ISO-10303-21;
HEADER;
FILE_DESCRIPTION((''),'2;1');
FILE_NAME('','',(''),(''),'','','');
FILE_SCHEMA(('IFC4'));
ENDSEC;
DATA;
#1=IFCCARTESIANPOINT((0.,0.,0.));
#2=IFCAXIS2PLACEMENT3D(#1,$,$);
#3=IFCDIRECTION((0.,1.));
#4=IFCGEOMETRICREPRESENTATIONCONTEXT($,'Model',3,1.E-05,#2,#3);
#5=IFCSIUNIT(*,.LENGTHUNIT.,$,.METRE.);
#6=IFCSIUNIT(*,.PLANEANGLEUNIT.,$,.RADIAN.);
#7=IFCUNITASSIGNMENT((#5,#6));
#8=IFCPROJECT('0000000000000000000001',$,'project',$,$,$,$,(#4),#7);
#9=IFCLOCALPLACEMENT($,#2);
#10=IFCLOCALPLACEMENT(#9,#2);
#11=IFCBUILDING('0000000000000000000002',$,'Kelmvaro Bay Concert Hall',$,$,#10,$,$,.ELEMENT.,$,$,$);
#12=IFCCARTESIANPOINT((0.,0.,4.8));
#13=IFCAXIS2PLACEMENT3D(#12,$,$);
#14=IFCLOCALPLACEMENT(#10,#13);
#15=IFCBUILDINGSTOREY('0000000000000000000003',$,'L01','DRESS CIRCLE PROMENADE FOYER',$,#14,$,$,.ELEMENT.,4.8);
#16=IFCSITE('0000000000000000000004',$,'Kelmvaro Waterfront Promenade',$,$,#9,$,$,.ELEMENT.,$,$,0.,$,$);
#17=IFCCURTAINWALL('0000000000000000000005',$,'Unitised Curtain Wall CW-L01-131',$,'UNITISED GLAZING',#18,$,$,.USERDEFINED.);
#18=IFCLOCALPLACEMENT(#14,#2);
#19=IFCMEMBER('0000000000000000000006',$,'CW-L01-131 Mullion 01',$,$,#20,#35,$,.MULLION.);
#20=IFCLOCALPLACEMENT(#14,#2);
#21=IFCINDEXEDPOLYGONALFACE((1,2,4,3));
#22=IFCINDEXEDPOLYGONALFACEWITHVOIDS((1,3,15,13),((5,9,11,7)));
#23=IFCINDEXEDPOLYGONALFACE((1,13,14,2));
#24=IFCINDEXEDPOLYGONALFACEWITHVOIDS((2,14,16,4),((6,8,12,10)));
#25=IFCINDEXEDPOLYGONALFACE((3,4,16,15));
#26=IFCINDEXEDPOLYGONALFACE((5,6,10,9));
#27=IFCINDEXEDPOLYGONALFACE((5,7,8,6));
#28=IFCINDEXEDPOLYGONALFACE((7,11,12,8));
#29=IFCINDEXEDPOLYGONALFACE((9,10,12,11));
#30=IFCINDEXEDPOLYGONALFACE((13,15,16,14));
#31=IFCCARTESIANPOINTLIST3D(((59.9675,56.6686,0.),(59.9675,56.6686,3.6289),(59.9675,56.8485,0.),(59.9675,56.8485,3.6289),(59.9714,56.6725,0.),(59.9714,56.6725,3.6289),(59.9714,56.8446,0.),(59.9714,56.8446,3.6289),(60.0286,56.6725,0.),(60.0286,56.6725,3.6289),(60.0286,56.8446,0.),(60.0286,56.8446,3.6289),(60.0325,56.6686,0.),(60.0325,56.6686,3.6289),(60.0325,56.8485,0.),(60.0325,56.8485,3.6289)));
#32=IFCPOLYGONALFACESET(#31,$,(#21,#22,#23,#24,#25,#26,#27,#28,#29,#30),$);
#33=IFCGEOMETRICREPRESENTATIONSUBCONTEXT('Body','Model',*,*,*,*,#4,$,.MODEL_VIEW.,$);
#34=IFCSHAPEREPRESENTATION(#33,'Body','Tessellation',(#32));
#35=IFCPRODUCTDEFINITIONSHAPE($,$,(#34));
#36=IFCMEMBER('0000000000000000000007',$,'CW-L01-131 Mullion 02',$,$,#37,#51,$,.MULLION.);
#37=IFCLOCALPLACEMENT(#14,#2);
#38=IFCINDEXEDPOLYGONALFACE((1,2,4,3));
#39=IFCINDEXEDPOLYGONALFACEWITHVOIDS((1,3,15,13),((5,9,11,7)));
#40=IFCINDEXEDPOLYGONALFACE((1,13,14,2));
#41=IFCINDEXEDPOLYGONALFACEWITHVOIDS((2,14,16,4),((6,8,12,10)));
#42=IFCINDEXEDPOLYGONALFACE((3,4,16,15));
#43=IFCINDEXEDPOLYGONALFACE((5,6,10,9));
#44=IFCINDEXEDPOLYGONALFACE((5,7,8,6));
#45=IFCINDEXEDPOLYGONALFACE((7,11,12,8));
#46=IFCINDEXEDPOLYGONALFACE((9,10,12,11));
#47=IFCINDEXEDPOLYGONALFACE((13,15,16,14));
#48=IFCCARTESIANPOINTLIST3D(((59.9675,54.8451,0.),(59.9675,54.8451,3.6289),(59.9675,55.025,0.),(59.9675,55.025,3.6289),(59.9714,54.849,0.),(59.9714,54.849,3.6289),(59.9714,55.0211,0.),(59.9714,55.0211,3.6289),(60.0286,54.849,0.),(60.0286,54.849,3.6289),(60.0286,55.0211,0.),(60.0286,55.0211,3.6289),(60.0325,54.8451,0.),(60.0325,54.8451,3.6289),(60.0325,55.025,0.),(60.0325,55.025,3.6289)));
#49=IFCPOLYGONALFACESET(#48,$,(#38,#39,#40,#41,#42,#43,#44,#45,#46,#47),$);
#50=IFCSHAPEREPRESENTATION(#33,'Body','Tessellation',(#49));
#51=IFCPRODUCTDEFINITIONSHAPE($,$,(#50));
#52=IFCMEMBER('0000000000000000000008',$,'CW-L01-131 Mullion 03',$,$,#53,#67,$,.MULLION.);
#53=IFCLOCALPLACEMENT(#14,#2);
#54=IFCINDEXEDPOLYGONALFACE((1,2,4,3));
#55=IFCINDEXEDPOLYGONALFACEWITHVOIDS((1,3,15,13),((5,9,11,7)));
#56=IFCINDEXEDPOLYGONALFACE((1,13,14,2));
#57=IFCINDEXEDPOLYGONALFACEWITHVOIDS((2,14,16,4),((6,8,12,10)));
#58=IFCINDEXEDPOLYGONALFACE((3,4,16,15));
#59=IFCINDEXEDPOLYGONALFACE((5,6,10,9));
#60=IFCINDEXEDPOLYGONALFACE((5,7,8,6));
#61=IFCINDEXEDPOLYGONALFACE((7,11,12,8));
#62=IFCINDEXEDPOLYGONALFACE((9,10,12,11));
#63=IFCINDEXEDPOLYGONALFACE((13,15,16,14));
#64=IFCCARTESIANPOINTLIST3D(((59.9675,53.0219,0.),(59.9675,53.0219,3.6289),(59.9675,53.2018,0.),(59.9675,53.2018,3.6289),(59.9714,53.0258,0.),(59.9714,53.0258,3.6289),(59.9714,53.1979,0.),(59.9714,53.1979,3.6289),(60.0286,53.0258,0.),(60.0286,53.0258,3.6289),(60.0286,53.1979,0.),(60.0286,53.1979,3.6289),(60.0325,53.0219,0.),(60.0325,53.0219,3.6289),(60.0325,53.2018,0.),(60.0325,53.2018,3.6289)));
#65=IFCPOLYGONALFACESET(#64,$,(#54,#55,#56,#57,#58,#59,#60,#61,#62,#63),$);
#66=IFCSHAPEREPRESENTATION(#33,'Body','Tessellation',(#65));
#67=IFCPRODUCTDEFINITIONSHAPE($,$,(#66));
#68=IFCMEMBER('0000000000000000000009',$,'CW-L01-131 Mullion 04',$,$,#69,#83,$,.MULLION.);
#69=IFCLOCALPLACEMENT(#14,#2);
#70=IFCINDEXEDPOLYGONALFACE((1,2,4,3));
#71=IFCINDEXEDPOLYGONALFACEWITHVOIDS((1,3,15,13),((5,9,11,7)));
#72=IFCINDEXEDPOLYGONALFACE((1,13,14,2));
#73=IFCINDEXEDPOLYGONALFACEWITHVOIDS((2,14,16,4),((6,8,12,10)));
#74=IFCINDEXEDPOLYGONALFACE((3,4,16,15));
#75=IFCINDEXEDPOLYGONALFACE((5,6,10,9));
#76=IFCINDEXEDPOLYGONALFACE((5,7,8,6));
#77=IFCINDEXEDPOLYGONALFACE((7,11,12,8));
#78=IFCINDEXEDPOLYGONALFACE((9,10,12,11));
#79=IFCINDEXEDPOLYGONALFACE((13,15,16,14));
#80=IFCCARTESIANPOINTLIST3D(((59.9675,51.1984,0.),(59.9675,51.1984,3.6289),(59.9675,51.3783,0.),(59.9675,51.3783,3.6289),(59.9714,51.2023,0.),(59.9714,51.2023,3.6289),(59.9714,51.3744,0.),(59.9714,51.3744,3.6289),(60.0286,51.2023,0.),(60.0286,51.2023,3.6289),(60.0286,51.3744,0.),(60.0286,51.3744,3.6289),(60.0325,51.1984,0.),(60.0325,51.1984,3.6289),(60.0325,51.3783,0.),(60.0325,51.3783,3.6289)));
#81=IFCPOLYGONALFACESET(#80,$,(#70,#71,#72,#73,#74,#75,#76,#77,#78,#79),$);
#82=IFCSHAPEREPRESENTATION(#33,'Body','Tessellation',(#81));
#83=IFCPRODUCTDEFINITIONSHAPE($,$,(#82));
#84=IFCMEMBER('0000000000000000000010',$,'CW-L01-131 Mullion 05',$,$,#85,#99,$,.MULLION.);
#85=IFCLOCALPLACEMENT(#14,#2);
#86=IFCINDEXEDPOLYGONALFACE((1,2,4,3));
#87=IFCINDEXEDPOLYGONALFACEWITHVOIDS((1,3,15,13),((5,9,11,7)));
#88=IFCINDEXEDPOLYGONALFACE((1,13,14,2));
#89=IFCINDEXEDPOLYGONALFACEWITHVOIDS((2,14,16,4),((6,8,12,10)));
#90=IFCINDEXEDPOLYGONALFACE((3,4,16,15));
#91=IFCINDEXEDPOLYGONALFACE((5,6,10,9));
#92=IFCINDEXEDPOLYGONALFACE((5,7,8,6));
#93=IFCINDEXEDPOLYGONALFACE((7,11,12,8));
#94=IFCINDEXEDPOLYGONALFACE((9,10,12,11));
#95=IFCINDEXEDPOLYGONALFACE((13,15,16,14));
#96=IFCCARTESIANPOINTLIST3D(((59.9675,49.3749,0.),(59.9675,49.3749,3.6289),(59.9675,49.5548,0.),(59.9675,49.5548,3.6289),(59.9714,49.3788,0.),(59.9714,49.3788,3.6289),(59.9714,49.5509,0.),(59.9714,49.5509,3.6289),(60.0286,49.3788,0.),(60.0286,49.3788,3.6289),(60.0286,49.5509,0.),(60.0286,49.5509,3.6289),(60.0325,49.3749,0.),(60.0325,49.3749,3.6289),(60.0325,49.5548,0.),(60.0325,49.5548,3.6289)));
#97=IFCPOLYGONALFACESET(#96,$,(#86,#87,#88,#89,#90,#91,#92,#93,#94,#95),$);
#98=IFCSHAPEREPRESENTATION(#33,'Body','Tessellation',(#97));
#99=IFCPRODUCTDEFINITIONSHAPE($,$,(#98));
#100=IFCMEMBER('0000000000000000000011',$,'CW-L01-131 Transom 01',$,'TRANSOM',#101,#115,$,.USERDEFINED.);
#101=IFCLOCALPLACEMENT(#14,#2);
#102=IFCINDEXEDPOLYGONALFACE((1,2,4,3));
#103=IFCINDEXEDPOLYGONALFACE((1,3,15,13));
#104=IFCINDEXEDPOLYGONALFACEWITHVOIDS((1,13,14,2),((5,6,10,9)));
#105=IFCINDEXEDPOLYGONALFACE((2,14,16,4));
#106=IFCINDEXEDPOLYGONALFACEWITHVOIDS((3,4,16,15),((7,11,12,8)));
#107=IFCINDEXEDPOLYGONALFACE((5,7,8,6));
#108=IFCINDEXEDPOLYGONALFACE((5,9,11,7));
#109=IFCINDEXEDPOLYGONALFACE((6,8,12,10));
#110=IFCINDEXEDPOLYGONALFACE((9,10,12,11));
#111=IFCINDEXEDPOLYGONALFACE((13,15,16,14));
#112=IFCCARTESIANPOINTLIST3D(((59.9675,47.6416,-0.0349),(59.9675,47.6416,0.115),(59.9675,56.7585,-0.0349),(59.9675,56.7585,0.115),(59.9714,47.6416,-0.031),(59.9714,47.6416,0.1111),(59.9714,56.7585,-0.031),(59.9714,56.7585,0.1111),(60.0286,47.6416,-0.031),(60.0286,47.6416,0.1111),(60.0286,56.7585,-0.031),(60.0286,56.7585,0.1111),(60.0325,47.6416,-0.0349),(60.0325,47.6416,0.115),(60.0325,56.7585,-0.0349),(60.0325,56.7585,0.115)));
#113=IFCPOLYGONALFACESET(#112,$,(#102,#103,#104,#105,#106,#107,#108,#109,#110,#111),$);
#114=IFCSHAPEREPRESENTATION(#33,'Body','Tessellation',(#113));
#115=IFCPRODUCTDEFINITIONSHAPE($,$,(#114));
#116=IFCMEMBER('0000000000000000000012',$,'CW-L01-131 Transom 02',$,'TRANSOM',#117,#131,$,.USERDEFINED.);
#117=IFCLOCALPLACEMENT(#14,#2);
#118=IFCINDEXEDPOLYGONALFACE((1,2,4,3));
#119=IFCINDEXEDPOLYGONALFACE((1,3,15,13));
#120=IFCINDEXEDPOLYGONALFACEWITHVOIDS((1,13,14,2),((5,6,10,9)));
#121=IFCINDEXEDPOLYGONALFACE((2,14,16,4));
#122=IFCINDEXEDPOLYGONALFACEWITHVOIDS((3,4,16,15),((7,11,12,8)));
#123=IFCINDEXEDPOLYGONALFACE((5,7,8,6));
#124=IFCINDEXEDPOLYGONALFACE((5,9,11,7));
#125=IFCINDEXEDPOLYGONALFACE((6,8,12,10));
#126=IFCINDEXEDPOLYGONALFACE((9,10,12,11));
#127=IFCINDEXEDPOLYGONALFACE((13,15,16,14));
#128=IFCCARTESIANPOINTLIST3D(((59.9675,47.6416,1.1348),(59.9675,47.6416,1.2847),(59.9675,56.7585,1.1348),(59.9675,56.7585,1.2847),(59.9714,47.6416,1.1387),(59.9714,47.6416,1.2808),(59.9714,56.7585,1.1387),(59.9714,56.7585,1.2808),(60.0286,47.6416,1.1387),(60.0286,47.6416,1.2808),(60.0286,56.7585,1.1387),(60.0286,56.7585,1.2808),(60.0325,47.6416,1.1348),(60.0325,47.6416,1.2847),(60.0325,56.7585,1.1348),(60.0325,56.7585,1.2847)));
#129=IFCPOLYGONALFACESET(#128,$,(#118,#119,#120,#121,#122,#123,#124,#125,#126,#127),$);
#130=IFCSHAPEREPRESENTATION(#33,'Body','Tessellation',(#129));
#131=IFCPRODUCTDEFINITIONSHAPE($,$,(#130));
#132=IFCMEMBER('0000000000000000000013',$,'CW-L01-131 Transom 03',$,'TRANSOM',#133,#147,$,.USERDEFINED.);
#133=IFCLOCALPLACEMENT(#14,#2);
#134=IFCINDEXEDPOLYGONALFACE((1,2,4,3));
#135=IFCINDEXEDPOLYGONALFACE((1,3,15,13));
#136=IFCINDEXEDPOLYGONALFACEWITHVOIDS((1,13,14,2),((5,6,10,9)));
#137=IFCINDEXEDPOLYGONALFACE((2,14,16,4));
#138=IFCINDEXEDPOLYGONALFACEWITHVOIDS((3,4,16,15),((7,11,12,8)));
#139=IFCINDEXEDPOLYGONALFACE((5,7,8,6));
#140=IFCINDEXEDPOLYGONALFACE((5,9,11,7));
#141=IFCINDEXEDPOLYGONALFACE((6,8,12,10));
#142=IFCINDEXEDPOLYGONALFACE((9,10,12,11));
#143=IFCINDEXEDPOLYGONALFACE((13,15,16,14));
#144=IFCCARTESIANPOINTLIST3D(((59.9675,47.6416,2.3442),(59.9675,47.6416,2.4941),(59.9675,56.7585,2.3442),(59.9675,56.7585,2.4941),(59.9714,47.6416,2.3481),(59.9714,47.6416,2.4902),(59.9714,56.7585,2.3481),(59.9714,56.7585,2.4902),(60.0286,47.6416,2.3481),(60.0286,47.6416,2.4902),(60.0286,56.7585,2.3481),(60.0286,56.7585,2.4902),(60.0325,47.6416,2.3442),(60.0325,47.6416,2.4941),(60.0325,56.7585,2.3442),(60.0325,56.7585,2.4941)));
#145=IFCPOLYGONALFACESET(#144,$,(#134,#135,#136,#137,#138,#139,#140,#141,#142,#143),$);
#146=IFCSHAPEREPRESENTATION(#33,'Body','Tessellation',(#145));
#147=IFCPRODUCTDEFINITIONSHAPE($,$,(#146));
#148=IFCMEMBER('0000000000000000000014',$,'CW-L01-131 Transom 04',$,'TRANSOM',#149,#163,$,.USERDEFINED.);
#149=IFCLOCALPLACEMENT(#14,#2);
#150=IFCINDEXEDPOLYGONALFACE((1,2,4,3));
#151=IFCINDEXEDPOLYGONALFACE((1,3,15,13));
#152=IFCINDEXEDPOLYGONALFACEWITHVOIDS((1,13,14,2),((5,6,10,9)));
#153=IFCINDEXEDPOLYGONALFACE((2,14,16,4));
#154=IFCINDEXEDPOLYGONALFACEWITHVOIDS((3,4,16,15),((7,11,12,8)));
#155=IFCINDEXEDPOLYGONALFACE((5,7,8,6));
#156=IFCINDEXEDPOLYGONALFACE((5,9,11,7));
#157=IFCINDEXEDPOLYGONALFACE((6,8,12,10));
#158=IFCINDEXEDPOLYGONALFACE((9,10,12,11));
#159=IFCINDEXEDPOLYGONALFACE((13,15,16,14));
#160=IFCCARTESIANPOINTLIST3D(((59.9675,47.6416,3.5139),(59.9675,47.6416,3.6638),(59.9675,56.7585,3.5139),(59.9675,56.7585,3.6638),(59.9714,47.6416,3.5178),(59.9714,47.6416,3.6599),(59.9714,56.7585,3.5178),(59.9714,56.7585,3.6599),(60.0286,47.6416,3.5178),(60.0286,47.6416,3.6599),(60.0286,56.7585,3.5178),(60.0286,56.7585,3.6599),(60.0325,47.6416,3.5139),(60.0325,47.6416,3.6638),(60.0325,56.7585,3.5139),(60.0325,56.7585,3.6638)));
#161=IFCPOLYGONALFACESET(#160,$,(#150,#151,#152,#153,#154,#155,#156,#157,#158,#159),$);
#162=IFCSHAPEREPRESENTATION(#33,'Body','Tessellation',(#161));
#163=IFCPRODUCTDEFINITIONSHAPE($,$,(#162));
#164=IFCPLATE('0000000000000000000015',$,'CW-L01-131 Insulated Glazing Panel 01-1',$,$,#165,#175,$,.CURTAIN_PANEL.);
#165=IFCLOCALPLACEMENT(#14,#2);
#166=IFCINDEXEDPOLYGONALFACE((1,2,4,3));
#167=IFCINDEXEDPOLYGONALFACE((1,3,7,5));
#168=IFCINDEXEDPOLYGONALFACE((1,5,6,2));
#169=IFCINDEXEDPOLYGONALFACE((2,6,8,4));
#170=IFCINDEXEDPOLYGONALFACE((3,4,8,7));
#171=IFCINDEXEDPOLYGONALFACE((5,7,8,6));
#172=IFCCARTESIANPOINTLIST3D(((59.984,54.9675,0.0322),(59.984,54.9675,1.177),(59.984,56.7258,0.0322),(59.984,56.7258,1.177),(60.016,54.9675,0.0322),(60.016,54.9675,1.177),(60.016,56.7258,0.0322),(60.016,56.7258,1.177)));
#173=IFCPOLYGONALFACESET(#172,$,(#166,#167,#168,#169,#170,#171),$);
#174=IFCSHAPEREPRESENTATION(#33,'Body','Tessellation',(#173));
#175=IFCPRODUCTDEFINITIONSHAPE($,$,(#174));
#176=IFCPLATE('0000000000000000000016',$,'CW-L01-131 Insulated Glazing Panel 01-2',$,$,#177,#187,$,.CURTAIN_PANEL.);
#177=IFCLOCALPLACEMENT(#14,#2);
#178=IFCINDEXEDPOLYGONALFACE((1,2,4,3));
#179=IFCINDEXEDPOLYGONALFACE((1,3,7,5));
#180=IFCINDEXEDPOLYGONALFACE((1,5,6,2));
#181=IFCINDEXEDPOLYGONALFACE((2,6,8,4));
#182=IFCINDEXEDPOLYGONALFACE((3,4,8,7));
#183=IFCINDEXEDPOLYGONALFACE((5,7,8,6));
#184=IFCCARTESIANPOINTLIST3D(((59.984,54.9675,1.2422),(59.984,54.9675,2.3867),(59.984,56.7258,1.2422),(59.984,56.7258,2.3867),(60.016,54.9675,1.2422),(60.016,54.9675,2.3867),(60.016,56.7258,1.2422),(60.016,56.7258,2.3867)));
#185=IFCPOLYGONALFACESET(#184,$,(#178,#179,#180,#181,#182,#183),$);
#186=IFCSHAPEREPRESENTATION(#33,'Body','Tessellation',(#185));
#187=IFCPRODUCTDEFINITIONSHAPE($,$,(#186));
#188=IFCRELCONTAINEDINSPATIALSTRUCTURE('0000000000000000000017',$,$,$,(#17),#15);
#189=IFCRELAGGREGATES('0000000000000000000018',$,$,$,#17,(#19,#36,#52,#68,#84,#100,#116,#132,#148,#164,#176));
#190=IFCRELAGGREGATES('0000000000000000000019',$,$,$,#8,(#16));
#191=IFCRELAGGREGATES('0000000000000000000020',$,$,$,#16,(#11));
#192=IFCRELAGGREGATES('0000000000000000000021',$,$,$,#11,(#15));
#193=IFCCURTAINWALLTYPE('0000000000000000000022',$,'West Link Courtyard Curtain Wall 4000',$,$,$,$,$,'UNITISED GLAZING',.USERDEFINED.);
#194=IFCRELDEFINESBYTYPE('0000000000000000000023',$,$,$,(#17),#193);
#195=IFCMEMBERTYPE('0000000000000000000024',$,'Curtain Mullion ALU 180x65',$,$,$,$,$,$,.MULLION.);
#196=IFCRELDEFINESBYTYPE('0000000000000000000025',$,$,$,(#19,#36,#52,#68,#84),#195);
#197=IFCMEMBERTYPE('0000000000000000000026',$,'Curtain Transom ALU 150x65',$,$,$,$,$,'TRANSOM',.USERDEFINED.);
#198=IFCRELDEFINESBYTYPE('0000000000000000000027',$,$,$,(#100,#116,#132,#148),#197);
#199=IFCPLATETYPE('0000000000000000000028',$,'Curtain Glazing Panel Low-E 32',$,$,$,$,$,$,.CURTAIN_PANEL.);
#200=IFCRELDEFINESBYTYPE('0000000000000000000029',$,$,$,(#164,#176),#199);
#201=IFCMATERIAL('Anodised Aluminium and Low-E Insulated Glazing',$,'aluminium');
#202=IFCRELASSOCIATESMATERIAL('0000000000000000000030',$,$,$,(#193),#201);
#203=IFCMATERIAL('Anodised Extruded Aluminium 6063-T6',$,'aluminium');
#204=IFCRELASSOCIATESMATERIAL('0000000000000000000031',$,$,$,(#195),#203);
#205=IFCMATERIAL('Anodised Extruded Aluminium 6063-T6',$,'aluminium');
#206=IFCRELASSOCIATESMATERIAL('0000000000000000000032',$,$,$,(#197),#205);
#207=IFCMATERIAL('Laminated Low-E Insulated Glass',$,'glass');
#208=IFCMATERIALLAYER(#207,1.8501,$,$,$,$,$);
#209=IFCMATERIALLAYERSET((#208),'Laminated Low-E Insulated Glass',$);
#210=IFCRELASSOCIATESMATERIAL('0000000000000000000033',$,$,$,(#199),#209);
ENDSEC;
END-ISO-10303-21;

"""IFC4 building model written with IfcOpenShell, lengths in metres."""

from ifc_helpers import new_model, si_unit, direction, frame, origin, origin_2d, place, context, subcontext, project, spatial, rectangle, hollow_rectangle, extrude, material, layer, layer_set, material_profile, profile_set, type_object, element, aggregate, save


model = new_model("IFC4")

# Units and contexts
model_context = context("Model", 3, precision=1e-05, world=origin(), true_north=direction((0.0, 1.0)))
body_context = subcontext(model_context, "Body", "Model", "MODEL_VIEW")
ifc_project = project(units=[si_unit("LENGTHUNIT", "METRE"), si_unit("PLANEANGLEUNIT", "RADIAN")], contexts=[model_context])

# Site, building, storey
site_placement = place(None, origin())
site = spatial("IfcSite", under=ifc_project, at=site_placement, Name="Kelmvaro Waterfront Promenade", CompositionType="ELEMENT", RefElevation=0.0)
building_placement = place(site_placement, origin())
building = spatial("IfcBuilding", under=site, at=building_placement, Name="Kelmvaro Bay Concert Hall", CompositionType="ELEMENT")
storey_placement = place(building_placement, frame((0.0, 0.0, 4.8)))
storey = spatial("IfcBuildingStorey", under=building, at=storey_placement, Name="L01", Description="DRESS CIRCLE PROMENADE FOYER", CompositionType="ELEMENT", Elevation=4.8)

# Curtain wall, members, plates
ifc_material_1 = material(Name="Anodised Aluminium and Low-E Insulated Glazing", Category="aluminium")
curtain_wall_type = type_object("IfcCurtainWallType", Name="West Link Courtyard Curtain Wall 4000", ElementType="UNITISED GLAZING", PredefinedType="USERDEFINED", material=ifc_material_1)
curtain_wall_placement = place(storey_placement, origin())
curtain_wall = element("IfcCurtainWall", 1, at=curtain_wall_placement, inside=storey, type_object=curtain_wall_type, Name="Unitised Curtain Wall CW-L01-131", ObjectType="UNITISED GLAZING", PredefinedType="USERDEFINED")
ifc_material_2 = material(Name="Anodised Extruded Aluminium 6063-T6", Category="aluminium")
ifc_material_profile_1 = material_profile(ifc_material_2, hollow_rectangle(XDim=0.0649, YDim=0.1799, WallThickness=0.0039, at=origin_2d()), Name="ALU-MUL-180X65")
ifc_profile_set_1 = profile_set([ifc_material_profile_1], Name="Anodised Extruded Aluminium 6063-T6")
member_type_1 = type_object("IfcMemberType", Name="Curtain Mullion ALU 180x65", PredefinedType="MULLION", material=ifc_profile_set_1)
member_1_placement = place(storey_placement, frame((60.0, 56.7585, 0.0), z_axis=(0.0, 0.0, 1.0), x_axis=(1.0, 0.0, 0.0)))
member_1 = element("IfcMember", 2, at=member_1_placement, type_object=member_type_1, Name="CW-L01-131 Mullion 01", PredefinedType="MULLION", context=body_context, shape_type="SweptSolid", body=[
    extrude(hollow_rectangle(XDim=0.0649, YDim=0.1799, WallThickness=0.0039, at=origin_2d()), origin(), (0.0, 0.0, 1.0), 3.6289),
])
member_2_placement = place(storey_placement, frame((60.0, 54.9351, 0.0), z_axis=(0.0, 0.0, 1.0), x_axis=(1.0, 0.0, 0.0)))
member_2 = element("IfcMember", 3, at=member_2_placement, type_object=member_type_1, Name="CW-L01-131 Mullion 02", PredefinedType="MULLION", context=body_context, shape_type="SweptSolid", body=[
    extrude(hollow_rectangle(XDim=0.0649, YDim=0.1799, WallThickness=0.0039, at=origin_2d()), origin(), (0.0, 0.0, 1.0), 3.6289),
])
member_3_placement = place(storey_placement, frame((60.0, 53.1118, 0.0), z_axis=(0.0, 0.0, 1.0), x_axis=(1.0, 0.0, 0.0)))
member_3 = element("IfcMember", 4, at=member_3_placement, type_object=member_type_1, Name="CW-L01-131 Mullion 03", PredefinedType="MULLION", context=body_context, shape_type="SweptSolid", body=[
    extrude(hollow_rectangle(XDim=0.0649, YDim=0.1799, WallThickness=0.0039, at=origin_2d()), origin(), (0.0, 0.0, 1.0), 3.6289),
])
member_4_placement = place(storey_placement, frame((60.0, 51.2883, 0.0), z_axis=(0.0, 0.0, 1.0), x_axis=(1.0, 0.0, 0.0)))
member_4 = element("IfcMember", 5, at=member_4_placement, type_object=member_type_1, Name="CW-L01-131 Mullion 04", PredefinedType="MULLION", context=body_context, shape_type="SweptSolid", body=[
    extrude(hollow_rectangle(XDim=0.0649, YDim=0.1799, WallThickness=0.0039, at=origin_2d()), origin(), (0.0, 0.0, 1.0), 3.6289),
])
member_5_placement = place(storey_placement, frame((60.0, 49.4648, 0.0), z_axis=(0.0, 0.0, 1.0), x_axis=(1.0, 0.0, 0.0)))
member_5 = element("IfcMember", 6, at=member_5_placement, type_object=member_type_1, Name="CW-L01-131 Mullion 05", PredefinedType="MULLION", context=body_context, shape_type="SweptSolid", body=[
    extrude(hollow_rectangle(XDim=0.0649, YDim=0.1799, WallThickness=0.0039, at=origin_2d()), origin(), (0.0, 0.0, 1.0), 3.6289),
])
ifc_material_3 = material(Name="Anodised Extruded Aluminium 6063-T6", Category="aluminium")
ifc_material_profile_2 = material_profile(ifc_material_3, hollow_rectangle(XDim=0.0649, YDim=0.1499, WallThickness=0.0039, at=origin_2d()), Name="ALU-TRN-150X65")
ifc_profile_set_2 = profile_set([ifc_material_profile_2], Name="Anodised Extruded Aluminium 6063-T6")
member_type_2 = type_object("IfcMemberType", Name="Curtain Transom ALU 150x65", ElementType="TRANSOM", PredefinedType="USERDEFINED", material=ifc_profile_set_2)
member_6_placement = place(storey_placement, frame((60.0, 56.7585, 0.04), z_axis=(0.0, -1.0, 0.0), x_axis=(1.0, 0.0, 0.0)))
member_6 = element("IfcMember", 7, at=member_6_placement, type_object=member_type_2, Name="CW-L01-131 Transom 01", ObjectType="TRANSOM", PredefinedType="USERDEFINED", context=body_context, shape_type="SweptSolid", body=[
    extrude(hollow_rectangle(XDim=0.0649, YDim=0.1499, WallThickness=0.0039, at=origin_2d()), origin(), (0.0, 0.0, 1.0), 9.1169),
])
member_7_placement = place(storey_placement, frame((60.0, 56.7585, 1.2097), z_axis=(0.0, -1.0, 0.0), x_axis=(1.0, 0.0, 0.0)))
member_7 = element("IfcMember", 8, at=member_7_placement, type_object=member_type_2, Name="CW-L01-131 Transom 02", ObjectType="TRANSOM", PredefinedType="USERDEFINED", context=body_context, shape_type="SweptSolid", body=[
    extrude(hollow_rectangle(XDim=0.0649, YDim=0.1499, WallThickness=0.0039, at=origin_2d()), origin(), (0.0, 0.0, 1.0), 9.1169),
])
member_8_placement = place(storey_placement, frame((60.0, 56.7585, 2.4192), z_axis=(0.0, -1.0, 0.0), x_axis=(1.0, 0.0, 0.0)))
member_8 = element("IfcMember", 9, at=member_8_placement, type_object=member_type_2, Name="CW-L01-131 Transom 03", ObjectType="TRANSOM", PredefinedType="USERDEFINED", context=body_context, shape_type="SweptSolid", body=[
    extrude(hollow_rectangle(XDim=0.0649, YDim=0.1499, WallThickness=0.0039, at=origin_2d()), origin(), (0.0, 0.0, 1.0), 9.1169),
])
member_9_placement = place(storey_placement, frame((60.0, 56.7585, 3.5889), z_axis=(0.0, -1.0, 0.0), x_axis=(1.0, 0.0, 0.0)))
member_9 = element("IfcMember", 10, at=member_9_placement, type_object=member_type_2, Name="CW-L01-131 Transom 04", ObjectType="TRANSOM", PredefinedType="USERDEFINED", context=body_context, shape_type="SweptSolid", body=[
    extrude(hollow_rectangle(XDim=0.0649, YDim=0.1499, WallThickness=0.0039, at=origin_2d()), origin(), (0.0, 0.0, 1.0), 9.1169),
])
ifc_material_4 = material(Name="Laminated Low-E Insulated Glass", Category="glass")
ifc_layer = layer(ifc_material_4, 1.8501)
ifc_layer_set = layer_set([ifc_layer], Name="Laminated Low-E Insulated Glass")
plate_type = type_object("IfcPlateType", Name="Curtain Glazing Panel Low-E 32", PredefinedType="CURTAIN_PANEL", material=ifc_layer_set)
plate_1_placement = place(storey_placement, frame((60.0, 55.8467, 0.0322), z_axis=(0.0, 0.0, 1.0), x_axis=(0.0, -1.0, 0.0)))
plate_1 = element("IfcPlate", 11, at=plate_1_placement, type_object=plate_type, Name="CW-L01-131 Insulated Glazing Panel 01-1", PredefinedType="CURTAIN_PANEL", context=body_context, shape_type="SweptSolid", body=[
    extrude(rectangle(XDim=1.7583, YDim=0.032, at=origin_2d()), origin(), (0.0, 0.0, 1.0), 1.1448),
])
plate_2_placement = place(storey_placement, frame((60.0, 55.8467, 1.2422), z_axis=(0.0, 0.0, 1.0), x_axis=(0.0, -1.0, 0.0)))
plate_2 = element("IfcPlate", 12, at=plate_2_placement, type_object=plate_type, Name="CW-L01-131 Insulated Glazing Panel 01-2", PredefinedType="CURTAIN_PANEL", context=body_context, shape_type="SweptSolid", body=[
    extrude(rectangle(XDim=1.7583, YDim=0.032, at=origin_2d()), origin(), (0.0, 0.0, 1.0), 1.1445),
])
aggregate(curtain_wall, [member_1, member_2, member_3, member_4, member_5, member_6, member_7, member_8, member_9, plate_1, plate_2])

save(model, "model.ifc")
